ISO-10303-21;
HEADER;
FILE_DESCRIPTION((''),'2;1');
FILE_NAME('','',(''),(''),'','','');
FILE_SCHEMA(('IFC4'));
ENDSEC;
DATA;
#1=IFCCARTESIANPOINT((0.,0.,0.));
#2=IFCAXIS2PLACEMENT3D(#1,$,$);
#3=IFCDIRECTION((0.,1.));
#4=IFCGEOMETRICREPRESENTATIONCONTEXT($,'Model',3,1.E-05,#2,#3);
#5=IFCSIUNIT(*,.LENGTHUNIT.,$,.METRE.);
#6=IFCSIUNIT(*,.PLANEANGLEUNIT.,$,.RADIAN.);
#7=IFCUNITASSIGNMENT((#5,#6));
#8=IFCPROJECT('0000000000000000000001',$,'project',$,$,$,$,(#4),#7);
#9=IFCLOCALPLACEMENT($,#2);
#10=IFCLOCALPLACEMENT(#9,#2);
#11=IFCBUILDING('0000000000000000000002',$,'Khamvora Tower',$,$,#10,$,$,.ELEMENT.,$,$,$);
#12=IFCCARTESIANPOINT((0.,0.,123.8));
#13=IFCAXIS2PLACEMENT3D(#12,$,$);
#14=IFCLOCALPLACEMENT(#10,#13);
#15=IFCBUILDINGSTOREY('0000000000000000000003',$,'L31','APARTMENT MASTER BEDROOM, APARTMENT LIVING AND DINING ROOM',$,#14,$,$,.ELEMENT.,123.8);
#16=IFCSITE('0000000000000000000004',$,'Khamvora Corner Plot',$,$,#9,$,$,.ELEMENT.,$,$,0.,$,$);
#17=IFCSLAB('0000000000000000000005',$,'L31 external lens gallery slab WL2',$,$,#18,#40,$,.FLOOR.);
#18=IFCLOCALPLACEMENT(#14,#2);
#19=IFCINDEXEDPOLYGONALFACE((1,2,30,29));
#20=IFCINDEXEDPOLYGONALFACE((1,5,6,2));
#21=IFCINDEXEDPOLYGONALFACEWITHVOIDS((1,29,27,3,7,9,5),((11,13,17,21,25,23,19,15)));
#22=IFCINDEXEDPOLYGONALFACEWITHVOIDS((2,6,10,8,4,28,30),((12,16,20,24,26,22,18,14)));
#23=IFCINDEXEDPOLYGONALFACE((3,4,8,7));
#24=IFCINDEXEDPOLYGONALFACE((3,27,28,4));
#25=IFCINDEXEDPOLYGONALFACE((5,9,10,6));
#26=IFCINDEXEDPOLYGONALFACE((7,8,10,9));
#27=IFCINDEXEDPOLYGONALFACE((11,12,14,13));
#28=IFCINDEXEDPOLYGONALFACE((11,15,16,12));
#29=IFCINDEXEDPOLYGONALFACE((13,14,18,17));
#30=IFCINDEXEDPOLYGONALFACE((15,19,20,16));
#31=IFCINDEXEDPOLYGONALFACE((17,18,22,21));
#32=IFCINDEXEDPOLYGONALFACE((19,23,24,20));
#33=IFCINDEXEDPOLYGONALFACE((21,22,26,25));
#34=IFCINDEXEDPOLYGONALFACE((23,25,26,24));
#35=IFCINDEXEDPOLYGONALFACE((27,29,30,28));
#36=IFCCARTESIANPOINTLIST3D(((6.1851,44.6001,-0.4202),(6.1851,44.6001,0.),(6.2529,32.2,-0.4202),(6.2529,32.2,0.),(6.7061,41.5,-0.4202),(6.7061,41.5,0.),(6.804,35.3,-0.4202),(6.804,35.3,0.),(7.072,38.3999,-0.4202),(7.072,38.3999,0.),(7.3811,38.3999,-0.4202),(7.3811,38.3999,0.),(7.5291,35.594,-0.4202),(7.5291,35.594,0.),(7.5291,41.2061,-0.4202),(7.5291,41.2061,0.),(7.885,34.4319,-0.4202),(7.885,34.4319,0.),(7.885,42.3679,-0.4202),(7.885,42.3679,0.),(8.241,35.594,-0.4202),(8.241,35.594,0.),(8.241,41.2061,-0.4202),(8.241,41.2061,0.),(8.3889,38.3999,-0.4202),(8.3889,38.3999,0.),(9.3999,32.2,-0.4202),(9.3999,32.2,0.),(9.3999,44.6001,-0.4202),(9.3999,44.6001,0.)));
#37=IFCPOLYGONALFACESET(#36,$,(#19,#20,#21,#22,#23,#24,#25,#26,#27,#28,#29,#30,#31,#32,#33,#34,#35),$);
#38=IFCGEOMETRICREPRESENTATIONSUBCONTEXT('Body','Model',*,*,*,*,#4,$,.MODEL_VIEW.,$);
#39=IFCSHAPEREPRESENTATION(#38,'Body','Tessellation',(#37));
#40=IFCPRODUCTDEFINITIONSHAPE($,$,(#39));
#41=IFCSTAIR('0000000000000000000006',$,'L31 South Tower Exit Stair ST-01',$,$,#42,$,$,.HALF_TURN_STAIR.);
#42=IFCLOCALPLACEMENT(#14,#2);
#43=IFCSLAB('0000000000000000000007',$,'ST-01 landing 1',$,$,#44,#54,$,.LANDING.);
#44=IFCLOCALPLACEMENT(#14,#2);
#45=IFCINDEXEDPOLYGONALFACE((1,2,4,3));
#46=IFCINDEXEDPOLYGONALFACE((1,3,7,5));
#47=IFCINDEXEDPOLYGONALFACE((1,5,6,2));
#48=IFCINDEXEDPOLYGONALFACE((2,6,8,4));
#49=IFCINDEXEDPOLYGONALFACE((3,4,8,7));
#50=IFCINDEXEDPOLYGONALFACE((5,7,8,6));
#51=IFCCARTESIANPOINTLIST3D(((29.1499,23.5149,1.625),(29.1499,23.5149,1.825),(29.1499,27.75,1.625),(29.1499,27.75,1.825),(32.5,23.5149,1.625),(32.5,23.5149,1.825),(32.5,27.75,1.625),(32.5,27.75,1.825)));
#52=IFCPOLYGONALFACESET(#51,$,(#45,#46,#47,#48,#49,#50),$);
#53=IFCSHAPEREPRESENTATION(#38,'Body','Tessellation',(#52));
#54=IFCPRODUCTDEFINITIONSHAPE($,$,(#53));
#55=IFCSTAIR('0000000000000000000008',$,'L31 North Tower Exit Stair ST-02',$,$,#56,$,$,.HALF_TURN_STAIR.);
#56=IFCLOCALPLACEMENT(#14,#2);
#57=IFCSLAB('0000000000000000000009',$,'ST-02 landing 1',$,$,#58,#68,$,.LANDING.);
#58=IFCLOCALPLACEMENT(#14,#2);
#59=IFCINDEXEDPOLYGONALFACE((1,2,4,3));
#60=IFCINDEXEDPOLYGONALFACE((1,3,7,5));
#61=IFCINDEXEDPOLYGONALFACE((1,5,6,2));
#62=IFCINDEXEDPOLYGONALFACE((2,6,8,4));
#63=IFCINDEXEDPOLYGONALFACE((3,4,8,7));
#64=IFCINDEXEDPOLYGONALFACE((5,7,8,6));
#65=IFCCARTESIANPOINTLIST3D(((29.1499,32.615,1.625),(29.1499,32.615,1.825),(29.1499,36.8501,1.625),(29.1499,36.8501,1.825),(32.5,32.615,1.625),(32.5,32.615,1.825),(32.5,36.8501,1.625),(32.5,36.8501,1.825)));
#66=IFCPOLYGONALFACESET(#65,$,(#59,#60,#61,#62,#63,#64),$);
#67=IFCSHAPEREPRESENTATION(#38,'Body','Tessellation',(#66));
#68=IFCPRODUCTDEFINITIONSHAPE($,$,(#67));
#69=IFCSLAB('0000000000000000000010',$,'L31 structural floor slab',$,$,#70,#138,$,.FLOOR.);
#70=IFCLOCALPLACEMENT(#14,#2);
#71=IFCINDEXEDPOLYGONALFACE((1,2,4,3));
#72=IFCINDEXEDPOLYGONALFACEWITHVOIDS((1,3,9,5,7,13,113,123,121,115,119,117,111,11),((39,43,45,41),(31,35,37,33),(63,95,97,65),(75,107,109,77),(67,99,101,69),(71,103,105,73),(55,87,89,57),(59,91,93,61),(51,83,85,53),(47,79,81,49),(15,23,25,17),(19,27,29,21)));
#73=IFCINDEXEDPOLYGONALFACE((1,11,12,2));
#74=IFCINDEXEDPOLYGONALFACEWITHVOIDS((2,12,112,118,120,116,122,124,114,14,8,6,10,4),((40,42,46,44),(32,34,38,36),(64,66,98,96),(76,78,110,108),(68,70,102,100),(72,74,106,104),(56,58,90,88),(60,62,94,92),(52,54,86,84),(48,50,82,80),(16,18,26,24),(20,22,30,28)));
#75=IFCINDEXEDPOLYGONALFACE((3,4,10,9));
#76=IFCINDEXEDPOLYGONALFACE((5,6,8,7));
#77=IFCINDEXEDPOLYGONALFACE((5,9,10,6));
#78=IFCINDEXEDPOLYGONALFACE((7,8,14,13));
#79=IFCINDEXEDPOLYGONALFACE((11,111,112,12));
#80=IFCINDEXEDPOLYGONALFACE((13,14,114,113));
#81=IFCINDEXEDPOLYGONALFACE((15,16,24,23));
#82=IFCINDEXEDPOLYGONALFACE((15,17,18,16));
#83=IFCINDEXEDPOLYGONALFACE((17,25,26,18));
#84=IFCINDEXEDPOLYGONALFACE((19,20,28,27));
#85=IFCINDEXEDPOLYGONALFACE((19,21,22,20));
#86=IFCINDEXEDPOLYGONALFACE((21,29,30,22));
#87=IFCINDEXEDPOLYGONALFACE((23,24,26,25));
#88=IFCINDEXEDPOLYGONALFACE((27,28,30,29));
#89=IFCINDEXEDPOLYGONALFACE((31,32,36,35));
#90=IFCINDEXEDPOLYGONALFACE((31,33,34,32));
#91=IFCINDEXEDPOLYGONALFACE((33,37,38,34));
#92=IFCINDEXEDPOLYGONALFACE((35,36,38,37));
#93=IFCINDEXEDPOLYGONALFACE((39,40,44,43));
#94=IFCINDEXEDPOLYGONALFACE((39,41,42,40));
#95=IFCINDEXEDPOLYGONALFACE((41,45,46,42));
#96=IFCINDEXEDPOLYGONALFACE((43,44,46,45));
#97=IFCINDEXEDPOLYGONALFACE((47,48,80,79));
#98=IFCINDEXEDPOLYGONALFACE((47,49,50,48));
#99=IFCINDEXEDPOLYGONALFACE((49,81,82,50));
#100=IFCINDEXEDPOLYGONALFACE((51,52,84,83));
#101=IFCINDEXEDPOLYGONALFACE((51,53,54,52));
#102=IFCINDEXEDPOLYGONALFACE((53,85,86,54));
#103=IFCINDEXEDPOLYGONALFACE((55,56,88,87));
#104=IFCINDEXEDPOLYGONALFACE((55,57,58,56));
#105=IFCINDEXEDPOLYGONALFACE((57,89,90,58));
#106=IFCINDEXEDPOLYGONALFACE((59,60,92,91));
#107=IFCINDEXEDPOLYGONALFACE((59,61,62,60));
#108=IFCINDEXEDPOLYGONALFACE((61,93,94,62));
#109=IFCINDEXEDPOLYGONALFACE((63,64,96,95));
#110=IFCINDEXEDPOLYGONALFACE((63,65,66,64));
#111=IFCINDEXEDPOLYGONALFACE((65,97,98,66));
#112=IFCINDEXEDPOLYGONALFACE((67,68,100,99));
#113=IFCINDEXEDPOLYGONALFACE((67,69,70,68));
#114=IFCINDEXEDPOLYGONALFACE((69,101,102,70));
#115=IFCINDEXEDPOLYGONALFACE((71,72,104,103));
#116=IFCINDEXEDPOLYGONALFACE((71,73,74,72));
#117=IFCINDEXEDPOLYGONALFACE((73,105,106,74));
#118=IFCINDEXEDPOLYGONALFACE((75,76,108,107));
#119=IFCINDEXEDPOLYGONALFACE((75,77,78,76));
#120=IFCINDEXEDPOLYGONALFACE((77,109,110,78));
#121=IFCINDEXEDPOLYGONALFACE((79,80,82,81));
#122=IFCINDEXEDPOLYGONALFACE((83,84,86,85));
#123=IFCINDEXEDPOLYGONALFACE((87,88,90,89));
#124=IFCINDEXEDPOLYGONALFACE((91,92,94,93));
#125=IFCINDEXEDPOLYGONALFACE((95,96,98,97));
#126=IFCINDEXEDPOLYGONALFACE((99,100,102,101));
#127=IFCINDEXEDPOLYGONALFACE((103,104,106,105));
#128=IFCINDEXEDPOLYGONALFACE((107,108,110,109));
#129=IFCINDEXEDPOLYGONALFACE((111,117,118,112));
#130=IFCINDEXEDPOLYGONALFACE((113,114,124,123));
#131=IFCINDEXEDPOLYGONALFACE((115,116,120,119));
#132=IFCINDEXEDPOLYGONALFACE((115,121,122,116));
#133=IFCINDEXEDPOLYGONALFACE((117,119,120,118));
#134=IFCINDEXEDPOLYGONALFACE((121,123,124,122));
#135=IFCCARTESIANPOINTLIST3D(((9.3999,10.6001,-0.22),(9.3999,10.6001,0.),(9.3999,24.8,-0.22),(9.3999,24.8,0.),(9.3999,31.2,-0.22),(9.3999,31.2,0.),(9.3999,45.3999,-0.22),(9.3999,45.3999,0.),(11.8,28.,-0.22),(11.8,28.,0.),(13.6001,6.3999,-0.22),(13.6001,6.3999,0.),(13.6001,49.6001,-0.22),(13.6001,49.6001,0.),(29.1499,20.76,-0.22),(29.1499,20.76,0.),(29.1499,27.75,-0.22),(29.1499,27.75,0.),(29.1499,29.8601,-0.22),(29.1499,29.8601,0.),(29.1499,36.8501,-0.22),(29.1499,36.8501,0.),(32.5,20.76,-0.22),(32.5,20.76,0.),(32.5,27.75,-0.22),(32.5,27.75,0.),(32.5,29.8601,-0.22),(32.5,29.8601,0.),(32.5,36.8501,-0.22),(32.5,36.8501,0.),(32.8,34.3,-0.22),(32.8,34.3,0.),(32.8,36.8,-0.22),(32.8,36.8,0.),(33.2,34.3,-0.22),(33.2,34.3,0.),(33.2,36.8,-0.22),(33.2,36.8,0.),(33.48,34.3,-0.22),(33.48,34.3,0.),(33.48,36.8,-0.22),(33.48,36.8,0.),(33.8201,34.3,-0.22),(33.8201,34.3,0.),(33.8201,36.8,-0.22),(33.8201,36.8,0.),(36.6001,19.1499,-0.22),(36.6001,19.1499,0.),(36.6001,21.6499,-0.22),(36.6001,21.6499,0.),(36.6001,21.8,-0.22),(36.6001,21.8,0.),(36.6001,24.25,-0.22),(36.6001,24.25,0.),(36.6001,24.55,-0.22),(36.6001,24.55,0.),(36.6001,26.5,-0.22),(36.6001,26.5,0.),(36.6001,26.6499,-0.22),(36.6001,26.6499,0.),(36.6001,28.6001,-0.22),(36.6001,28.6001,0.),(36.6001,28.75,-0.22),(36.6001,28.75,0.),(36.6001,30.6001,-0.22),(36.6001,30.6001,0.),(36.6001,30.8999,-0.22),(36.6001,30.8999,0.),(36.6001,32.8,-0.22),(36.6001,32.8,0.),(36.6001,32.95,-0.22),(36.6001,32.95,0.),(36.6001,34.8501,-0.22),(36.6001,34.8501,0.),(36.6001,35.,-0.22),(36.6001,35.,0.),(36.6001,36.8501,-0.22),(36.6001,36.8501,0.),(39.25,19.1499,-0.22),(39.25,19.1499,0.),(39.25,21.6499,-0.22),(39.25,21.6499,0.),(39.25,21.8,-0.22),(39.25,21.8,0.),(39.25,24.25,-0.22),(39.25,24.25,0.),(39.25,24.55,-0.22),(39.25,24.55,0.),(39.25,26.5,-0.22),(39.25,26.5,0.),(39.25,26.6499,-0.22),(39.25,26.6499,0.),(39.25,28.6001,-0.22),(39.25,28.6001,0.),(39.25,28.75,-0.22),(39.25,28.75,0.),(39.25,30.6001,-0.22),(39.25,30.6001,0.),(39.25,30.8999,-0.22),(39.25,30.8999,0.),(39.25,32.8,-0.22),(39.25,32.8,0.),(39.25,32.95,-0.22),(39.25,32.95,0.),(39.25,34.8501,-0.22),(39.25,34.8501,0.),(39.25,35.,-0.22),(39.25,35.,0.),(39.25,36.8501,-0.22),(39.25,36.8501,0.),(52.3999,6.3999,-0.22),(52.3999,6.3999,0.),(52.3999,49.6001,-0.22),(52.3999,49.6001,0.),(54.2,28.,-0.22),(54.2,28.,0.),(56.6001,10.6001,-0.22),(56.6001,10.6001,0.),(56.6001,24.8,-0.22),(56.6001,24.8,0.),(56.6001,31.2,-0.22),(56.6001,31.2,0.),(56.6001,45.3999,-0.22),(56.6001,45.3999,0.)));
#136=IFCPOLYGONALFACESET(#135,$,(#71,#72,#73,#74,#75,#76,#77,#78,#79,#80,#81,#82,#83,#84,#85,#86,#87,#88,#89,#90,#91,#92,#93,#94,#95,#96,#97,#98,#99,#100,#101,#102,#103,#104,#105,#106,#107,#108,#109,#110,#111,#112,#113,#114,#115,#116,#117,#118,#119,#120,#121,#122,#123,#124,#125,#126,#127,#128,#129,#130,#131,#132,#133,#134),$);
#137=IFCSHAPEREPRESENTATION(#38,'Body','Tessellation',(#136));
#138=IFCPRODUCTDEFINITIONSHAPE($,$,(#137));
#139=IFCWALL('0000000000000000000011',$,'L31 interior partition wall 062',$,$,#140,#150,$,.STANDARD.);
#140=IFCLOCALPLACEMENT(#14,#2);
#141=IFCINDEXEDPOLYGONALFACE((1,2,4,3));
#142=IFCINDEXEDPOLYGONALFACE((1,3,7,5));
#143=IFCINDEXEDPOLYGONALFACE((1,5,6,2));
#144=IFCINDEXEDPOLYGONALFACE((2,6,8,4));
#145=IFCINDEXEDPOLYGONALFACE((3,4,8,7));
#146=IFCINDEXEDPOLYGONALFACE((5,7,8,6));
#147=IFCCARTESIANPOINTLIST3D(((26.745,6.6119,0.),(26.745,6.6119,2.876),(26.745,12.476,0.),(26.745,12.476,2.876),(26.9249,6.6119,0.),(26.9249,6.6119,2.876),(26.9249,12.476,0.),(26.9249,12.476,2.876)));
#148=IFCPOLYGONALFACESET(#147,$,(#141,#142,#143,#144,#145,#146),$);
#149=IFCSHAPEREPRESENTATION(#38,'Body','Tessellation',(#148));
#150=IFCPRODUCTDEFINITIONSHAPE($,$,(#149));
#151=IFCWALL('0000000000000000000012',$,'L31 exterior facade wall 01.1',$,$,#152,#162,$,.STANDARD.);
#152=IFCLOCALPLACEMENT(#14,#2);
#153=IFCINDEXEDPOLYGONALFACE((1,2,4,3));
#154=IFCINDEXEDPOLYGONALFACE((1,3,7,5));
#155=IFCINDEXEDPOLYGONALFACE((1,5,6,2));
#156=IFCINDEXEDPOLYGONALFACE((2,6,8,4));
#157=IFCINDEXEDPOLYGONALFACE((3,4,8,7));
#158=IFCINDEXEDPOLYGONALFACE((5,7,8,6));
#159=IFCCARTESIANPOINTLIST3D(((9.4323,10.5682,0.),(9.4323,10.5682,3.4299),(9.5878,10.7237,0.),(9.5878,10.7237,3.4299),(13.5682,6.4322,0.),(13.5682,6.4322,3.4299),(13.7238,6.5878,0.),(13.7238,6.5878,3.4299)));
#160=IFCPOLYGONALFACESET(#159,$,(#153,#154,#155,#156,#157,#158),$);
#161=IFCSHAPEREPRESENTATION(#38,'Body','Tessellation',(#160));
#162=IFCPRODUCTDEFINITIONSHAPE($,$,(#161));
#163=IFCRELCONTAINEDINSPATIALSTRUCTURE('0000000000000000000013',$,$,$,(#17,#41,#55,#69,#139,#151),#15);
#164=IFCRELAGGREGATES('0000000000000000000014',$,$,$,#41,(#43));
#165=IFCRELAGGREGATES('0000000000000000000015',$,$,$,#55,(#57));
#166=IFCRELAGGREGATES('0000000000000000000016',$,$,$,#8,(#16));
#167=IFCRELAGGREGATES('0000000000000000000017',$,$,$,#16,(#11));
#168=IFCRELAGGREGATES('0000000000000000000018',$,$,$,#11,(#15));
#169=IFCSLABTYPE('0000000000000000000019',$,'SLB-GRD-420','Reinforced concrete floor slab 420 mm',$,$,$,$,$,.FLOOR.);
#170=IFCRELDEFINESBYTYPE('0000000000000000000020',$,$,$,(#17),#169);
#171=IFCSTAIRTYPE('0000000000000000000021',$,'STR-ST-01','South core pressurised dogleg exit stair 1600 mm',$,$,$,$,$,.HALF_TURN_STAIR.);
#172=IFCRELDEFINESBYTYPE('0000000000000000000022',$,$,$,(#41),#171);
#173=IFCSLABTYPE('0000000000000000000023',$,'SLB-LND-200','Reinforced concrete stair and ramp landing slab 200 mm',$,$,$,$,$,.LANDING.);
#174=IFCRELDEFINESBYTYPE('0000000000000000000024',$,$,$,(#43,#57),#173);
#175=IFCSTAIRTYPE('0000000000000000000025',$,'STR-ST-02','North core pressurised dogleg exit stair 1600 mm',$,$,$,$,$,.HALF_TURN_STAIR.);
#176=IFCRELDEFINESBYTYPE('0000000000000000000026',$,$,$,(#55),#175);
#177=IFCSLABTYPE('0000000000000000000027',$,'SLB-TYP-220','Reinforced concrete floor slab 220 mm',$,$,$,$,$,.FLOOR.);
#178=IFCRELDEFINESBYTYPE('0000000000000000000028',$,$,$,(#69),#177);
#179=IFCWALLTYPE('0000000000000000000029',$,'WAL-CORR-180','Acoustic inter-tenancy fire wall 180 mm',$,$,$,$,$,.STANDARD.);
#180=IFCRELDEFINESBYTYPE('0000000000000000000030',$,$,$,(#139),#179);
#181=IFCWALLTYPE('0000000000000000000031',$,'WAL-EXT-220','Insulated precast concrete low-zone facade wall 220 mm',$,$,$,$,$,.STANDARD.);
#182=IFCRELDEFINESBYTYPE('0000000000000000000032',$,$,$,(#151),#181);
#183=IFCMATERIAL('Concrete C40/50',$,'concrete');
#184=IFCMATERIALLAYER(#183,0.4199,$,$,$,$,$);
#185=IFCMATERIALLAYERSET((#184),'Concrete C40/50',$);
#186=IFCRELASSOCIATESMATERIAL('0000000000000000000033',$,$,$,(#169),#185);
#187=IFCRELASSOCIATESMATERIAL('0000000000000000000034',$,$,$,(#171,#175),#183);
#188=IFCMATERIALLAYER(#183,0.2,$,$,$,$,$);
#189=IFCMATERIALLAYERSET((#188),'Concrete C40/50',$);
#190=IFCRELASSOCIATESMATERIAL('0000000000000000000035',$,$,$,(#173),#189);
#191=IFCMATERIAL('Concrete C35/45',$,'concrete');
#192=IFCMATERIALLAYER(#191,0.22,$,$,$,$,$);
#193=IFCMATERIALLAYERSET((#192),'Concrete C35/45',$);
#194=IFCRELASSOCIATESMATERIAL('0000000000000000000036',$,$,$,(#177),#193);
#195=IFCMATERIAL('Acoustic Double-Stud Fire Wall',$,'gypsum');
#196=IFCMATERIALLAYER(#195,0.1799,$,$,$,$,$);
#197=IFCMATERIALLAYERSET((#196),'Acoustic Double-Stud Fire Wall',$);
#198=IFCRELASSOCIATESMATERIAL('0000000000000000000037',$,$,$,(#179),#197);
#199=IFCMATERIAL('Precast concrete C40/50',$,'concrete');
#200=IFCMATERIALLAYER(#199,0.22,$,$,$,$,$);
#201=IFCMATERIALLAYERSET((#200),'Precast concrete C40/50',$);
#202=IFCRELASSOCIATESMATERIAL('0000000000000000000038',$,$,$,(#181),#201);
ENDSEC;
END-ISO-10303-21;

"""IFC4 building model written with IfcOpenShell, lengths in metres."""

from ifc_helpers import new_model, si_unit, direction, frame, frame_2d, origin, place, context, subcontext, project, spatial, polyline, rectangle, outline, extrude, material, layer, layer_set, type_object, element, aggregate, save


model = new_model("IFC4")

# Units and contexts
model_context = context("Model", 3, precision=1e-05, world=origin(), true_north=direction((0.0, 1.0)))
body_context = subcontext(model_context, "Body", "Model", "MODEL_VIEW")
ifc_project = project(units=[si_unit("LENGTHUNIT", "METRE"), si_unit("PLANEANGLEUNIT", "RADIAN")], contexts=[model_context])

# Site, building, storey
site_placement = place(None, origin())
site = spatial("IfcSite", under=ifc_project, at=site_placement, Name="Khamvora Corner Plot", CompositionType="ELEMENT", RefElevation=0.0)
building_placement = place(site_placement, origin())
building = spatial("IfcBuilding", under=site, at=building_placement, Name="Khamvora Tower", CompositionType="ELEMENT")
storey_placement = place(building_placement, frame((0.0, 0.0, 123.8)))
storey = spatial("IfcBuildingStorey", under=building, at=storey_placement, Name="L31", Description="APARTMENT MASTER BEDROOM, APARTMENT LIVING AND DINING ROOM", CompositionType="ELEMENT", Elevation=123.8)

# Slab
ifc_material_1 = material(Name="Concrete C40/50", Category="concrete")
ifc_layer_1 = layer(ifc_material_1, 0.4199)
ifc_layer_set_1 = layer_set([ifc_layer_1], Name="Concrete C40/50")
slab_type_1 = type_object("IfcSlabType", Name="SLB-GRD-420", Description="Reinforced concrete floor slab 420 mm", PredefinedType="FLOOR", material=ifc_layer_set_1)
slab_1_placement = place(storey_placement, frame((0.0, 0.0, -0.4202)))
element("IfcSlab", 1, at=slab_1_placement, inside=storey, type_object=slab_type_1, Name="L31 external lens gallery slab WL2", PredefinedType="FLOOR", context=body_context, shape_type="SweptSolid", body=[
    extrude(outline(polyline([(9.3999, 32.2), (9.3999, 44.6001), (6.1851, 44.6001), (6.7061, 41.5), (7.072, 38.3999), (6.804, 35.3), (6.2529, 32.2), (9.3999, 32.2)]), holes=[polyline([(8.3889, 38.3999), (8.241, 41.2061), (7.885, 42.3679), (7.5291, 41.2061), (7.3811, 38.3999), (7.5291, 35.594), (7.885, 34.4319), (8.241, 35.594), (8.3889, 38.3999)])]), origin(), (0.0, 0.0, 1.0), 0.4202),
])

# Stairs, slabs
stair_type_1 = type_object("IfcStairType", Name="STR-ST-01", Description="South core pressurised dogleg exit stair 1600 mm", PredefinedType="HALF_TURN_STAIR", material=ifc_material_1)
stair_1_placement = place(storey_placement, origin())
stair_1 = element("IfcStair", 2, at=stair_1_placement, inside=storey, type_object=stair_type_1, Name="L31 South Tower Exit Stair ST-01", PredefinedType="HALF_TURN_STAIR")
ifc_layer_2 = layer(ifc_material_1, 0.2)
ifc_layer_set_2 = layer_set([ifc_layer_2], Name="Concrete C40/50")
slab_type_2 = type_object("IfcSlabType", Name="SLB-LND-200", Description="Reinforced concrete stair and ramp landing slab 200 mm", PredefinedType="LANDING", material=ifc_layer_set_2)
slab_2_placement = place(storey_placement, frame((0.0, 0.0, 1.625)))
slab_2 = element("IfcSlab", 3, at=slab_2_placement, type_object=slab_type_2, Name="ST-01 landing 1", PredefinedType="LANDING", context=body_context, shape_type="SweptSolid", body=[
    extrude(outline(polyline([(32.5, 23.5149), (32.5, 27.75), (29.1499, 27.75), (29.1499, 23.5149), (32.5, 23.5149)])), origin(), (0.0, 0.0, 1.0), 0.2),
])
aggregate(stair_1, [slab_2])
stair_type_2 = type_object("IfcStairType", Name="STR-ST-02", Description="North core pressurised dogleg exit stair 1600 mm", PredefinedType="HALF_TURN_STAIR", material=ifc_material_1)
stair_2_placement = place(storey_placement, origin())
stair_2 = element("IfcStair", 4, at=stair_2_placement, inside=storey, type_object=stair_type_2, Name="L31 North Tower Exit Stair ST-02", PredefinedType="HALF_TURN_STAIR")
slab_3_placement = place(storey_placement, frame((0.0, 0.0, 1.625)))
slab_3 = element("IfcSlab", 5, at=slab_3_placement, type_object=slab_type_2, Name="ST-02 landing 1", PredefinedType="LANDING", context=body_context, shape_type="SweptSolid", body=[
    extrude(outline(polyline([(32.5, 32.615), (32.5, 36.8501), (29.1499, 36.8501), (29.1499, 32.615), (32.5, 32.615)])), origin(), (0.0, 0.0, 1.0), 0.2),
])
aggregate(stair_2, [slab_3])

# Slab
ifc_material_2 = material(Name="Concrete C35/45", Category="concrete")
ifc_layer_3 = layer(ifc_material_2, 0.22)
ifc_layer_set_3 = layer_set([ifc_layer_3], Name="Concrete C35/45")
slab_type_3 = type_object("IfcSlabType", Name="SLB-TYP-220", Description="Reinforced concrete floor slab 220 mm", PredefinedType="FLOOR", material=ifc_layer_set_3)
slab_4_placement = place(storey_placement, frame((0.0, 0.0, -0.22)))
element("IfcSlab", 6, at=slab_4_placement, inside=storey, type_object=slab_type_3, Name="L31 structural floor slab", PredefinedType="FLOOR", context=body_context, shape_type="SweptSolid", body=[
    extrude(outline(polyline([(13.6001, 6.3999), (52.3999, 6.3999), (56.6001, 10.6001), (56.6001, 24.8), (54.2, 28.0), (56.6001, 31.2), (56.6001, 45.3999), (52.3999, 49.6001), (13.6001, 49.6001), (9.3999, 45.3999), (9.3999, 31.2), (11.8, 28.0), (9.3999, 24.8), (9.3999, 10.6001), (13.6001, 6.3999)]), holes=[polyline([(32.5, 20.76), (32.5, 27.75), (29.1499, 27.75), (29.1499, 20.76), (32.5, 20.76)]), polyline([(32.5, 29.8601), (32.5, 36.8501), (29.1499, 36.8501), (29.1499, 29.8601), (32.5, 29.8601)]), polyline([(36.6001, 19.1499), (39.25, 19.1499), (39.25, 21.6499), (36.6001, 21.6499), (36.6001, 19.1499)]), polyline([(36.6001, 21.8), (39.25, 21.8), (39.25, 24.25), (36.6001, 24.25), (36.6001, 21.8)]), polyline([(36.6001, 24.55), (39.25, 24.55), (39.25, 26.5), (36.6001, 26.5), (36.6001, 24.55)]), polyline([(36.6001, 26.6499), (39.25, 26.6499), (39.25, 28.6001), (36.6001, 28.6001), (36.6001, 26.6499)]), polyline([(36.6001, 28.75), (39.25, 28.75), (39.25, 30.6001), (36.6001, 30.6001), (36.6001, 28.75)]), polyline([(36.6001, 30.8999), (39.25, 30.8999), (39.25, 32.8), (36.6001, 32.8), (36.6001, 30.8999)]), polyline([(36.6001, 32.95), (39.25, 32.95), (39.25, 34.8501), (36.6001, 34.8501), (36.6001, 32.95)]), polyline([(36.6001, 35.0), (39.25, 35.0), (39.25, 36.8501), (36.6001, 36.8501), (36.6001, 35.0)]), polyline([(32.8, 34.3), (33.2, 34.3), (33.2, 36.8), (32.8, 36.8), (32.8, 34.3)]), polyline([(33.48, 34.3), (33.8201, 34.3), (33.8201, 36.8), (33.48, 36.8), (33.48, 34.3)])]), origin(), (0.0, 0.0, 1.0), 0.22),
])

# Walls
ifc_material_3 = material(Name="Acoustic Double-Stud Fire Wall", Category="gypsum")
ifc_layer_4 = layer(ifc_material_3, 0.1799)
ifc_layer_set_4 = layer_set([ifc_layer_4], Name="Acoustic Double-Stud Fire Wall")
wall_type_1 = type_object("IfcWallType", Name="WAL-CORR-180", Description="Acoustic inter-tenancy fire wall 180 mm", PredefinedType="STANDARD", material=ifc_layer_set_4)
wall_1_placement = place(storey_placement, frame((26.835, 12.4761, 0.0), z_axis=(0.0, 0.0, 1.0), x_axis=(0.0, -1.0, 0.0)))
element("IfcWall", 7, at=wall_1_placement, inside=storey, type_object=wall_type_1, Name="L31 interior partition wall 062", PredefinedType="STANDARD", context=body_context, shape_type="SweptSolid", body=[
    extrude(rectangle(XDim=5.864, YDim=0.1799, at=frame_2d((2.9321, 0.0))), origin(), (0.0, 0.0, 1.0), 2.876),
])
ifc_material_4 = material(Name="Precast concrete C40/50", Category="concrete")
ifc_layer_5 = layer(ifc_material_4, 0.22)
ifc_layer_set_5 = layer_set([ifc_layer_5], Name="Precast concrete C40/50")
wall_type_2 = type_object("IfcWallType", Name="WAL-EXT-220", Description="Insulated precast concrete low-zone facade wall 220 mm", PredefinedType="STANDARD", material=ifc_layer_set_5)
wall_2_placement = place(storey_placement, frame((13.646, 6.51, 0.0), z_axis=(0.0, 0.0, 1.0), x_axis=(-0.707107, 0.707107, 0.0)))
element("IfcWall", 8, at=wall_2_placement, inside=storey, type_object=wall_type_2, Name="L31 exterior facade wall 01.1", PredefinedType="STANDARD", context=body_context, shape_type="SweptSolid", body=[
    extrude(rectangle(XDim=5.8491, YDim=0.22, at=frame_2d((2.9246, 0.0))), origin(), (0.0, 0.0, 1.0), 3.4299),
])

save(model, "model.ifc")
